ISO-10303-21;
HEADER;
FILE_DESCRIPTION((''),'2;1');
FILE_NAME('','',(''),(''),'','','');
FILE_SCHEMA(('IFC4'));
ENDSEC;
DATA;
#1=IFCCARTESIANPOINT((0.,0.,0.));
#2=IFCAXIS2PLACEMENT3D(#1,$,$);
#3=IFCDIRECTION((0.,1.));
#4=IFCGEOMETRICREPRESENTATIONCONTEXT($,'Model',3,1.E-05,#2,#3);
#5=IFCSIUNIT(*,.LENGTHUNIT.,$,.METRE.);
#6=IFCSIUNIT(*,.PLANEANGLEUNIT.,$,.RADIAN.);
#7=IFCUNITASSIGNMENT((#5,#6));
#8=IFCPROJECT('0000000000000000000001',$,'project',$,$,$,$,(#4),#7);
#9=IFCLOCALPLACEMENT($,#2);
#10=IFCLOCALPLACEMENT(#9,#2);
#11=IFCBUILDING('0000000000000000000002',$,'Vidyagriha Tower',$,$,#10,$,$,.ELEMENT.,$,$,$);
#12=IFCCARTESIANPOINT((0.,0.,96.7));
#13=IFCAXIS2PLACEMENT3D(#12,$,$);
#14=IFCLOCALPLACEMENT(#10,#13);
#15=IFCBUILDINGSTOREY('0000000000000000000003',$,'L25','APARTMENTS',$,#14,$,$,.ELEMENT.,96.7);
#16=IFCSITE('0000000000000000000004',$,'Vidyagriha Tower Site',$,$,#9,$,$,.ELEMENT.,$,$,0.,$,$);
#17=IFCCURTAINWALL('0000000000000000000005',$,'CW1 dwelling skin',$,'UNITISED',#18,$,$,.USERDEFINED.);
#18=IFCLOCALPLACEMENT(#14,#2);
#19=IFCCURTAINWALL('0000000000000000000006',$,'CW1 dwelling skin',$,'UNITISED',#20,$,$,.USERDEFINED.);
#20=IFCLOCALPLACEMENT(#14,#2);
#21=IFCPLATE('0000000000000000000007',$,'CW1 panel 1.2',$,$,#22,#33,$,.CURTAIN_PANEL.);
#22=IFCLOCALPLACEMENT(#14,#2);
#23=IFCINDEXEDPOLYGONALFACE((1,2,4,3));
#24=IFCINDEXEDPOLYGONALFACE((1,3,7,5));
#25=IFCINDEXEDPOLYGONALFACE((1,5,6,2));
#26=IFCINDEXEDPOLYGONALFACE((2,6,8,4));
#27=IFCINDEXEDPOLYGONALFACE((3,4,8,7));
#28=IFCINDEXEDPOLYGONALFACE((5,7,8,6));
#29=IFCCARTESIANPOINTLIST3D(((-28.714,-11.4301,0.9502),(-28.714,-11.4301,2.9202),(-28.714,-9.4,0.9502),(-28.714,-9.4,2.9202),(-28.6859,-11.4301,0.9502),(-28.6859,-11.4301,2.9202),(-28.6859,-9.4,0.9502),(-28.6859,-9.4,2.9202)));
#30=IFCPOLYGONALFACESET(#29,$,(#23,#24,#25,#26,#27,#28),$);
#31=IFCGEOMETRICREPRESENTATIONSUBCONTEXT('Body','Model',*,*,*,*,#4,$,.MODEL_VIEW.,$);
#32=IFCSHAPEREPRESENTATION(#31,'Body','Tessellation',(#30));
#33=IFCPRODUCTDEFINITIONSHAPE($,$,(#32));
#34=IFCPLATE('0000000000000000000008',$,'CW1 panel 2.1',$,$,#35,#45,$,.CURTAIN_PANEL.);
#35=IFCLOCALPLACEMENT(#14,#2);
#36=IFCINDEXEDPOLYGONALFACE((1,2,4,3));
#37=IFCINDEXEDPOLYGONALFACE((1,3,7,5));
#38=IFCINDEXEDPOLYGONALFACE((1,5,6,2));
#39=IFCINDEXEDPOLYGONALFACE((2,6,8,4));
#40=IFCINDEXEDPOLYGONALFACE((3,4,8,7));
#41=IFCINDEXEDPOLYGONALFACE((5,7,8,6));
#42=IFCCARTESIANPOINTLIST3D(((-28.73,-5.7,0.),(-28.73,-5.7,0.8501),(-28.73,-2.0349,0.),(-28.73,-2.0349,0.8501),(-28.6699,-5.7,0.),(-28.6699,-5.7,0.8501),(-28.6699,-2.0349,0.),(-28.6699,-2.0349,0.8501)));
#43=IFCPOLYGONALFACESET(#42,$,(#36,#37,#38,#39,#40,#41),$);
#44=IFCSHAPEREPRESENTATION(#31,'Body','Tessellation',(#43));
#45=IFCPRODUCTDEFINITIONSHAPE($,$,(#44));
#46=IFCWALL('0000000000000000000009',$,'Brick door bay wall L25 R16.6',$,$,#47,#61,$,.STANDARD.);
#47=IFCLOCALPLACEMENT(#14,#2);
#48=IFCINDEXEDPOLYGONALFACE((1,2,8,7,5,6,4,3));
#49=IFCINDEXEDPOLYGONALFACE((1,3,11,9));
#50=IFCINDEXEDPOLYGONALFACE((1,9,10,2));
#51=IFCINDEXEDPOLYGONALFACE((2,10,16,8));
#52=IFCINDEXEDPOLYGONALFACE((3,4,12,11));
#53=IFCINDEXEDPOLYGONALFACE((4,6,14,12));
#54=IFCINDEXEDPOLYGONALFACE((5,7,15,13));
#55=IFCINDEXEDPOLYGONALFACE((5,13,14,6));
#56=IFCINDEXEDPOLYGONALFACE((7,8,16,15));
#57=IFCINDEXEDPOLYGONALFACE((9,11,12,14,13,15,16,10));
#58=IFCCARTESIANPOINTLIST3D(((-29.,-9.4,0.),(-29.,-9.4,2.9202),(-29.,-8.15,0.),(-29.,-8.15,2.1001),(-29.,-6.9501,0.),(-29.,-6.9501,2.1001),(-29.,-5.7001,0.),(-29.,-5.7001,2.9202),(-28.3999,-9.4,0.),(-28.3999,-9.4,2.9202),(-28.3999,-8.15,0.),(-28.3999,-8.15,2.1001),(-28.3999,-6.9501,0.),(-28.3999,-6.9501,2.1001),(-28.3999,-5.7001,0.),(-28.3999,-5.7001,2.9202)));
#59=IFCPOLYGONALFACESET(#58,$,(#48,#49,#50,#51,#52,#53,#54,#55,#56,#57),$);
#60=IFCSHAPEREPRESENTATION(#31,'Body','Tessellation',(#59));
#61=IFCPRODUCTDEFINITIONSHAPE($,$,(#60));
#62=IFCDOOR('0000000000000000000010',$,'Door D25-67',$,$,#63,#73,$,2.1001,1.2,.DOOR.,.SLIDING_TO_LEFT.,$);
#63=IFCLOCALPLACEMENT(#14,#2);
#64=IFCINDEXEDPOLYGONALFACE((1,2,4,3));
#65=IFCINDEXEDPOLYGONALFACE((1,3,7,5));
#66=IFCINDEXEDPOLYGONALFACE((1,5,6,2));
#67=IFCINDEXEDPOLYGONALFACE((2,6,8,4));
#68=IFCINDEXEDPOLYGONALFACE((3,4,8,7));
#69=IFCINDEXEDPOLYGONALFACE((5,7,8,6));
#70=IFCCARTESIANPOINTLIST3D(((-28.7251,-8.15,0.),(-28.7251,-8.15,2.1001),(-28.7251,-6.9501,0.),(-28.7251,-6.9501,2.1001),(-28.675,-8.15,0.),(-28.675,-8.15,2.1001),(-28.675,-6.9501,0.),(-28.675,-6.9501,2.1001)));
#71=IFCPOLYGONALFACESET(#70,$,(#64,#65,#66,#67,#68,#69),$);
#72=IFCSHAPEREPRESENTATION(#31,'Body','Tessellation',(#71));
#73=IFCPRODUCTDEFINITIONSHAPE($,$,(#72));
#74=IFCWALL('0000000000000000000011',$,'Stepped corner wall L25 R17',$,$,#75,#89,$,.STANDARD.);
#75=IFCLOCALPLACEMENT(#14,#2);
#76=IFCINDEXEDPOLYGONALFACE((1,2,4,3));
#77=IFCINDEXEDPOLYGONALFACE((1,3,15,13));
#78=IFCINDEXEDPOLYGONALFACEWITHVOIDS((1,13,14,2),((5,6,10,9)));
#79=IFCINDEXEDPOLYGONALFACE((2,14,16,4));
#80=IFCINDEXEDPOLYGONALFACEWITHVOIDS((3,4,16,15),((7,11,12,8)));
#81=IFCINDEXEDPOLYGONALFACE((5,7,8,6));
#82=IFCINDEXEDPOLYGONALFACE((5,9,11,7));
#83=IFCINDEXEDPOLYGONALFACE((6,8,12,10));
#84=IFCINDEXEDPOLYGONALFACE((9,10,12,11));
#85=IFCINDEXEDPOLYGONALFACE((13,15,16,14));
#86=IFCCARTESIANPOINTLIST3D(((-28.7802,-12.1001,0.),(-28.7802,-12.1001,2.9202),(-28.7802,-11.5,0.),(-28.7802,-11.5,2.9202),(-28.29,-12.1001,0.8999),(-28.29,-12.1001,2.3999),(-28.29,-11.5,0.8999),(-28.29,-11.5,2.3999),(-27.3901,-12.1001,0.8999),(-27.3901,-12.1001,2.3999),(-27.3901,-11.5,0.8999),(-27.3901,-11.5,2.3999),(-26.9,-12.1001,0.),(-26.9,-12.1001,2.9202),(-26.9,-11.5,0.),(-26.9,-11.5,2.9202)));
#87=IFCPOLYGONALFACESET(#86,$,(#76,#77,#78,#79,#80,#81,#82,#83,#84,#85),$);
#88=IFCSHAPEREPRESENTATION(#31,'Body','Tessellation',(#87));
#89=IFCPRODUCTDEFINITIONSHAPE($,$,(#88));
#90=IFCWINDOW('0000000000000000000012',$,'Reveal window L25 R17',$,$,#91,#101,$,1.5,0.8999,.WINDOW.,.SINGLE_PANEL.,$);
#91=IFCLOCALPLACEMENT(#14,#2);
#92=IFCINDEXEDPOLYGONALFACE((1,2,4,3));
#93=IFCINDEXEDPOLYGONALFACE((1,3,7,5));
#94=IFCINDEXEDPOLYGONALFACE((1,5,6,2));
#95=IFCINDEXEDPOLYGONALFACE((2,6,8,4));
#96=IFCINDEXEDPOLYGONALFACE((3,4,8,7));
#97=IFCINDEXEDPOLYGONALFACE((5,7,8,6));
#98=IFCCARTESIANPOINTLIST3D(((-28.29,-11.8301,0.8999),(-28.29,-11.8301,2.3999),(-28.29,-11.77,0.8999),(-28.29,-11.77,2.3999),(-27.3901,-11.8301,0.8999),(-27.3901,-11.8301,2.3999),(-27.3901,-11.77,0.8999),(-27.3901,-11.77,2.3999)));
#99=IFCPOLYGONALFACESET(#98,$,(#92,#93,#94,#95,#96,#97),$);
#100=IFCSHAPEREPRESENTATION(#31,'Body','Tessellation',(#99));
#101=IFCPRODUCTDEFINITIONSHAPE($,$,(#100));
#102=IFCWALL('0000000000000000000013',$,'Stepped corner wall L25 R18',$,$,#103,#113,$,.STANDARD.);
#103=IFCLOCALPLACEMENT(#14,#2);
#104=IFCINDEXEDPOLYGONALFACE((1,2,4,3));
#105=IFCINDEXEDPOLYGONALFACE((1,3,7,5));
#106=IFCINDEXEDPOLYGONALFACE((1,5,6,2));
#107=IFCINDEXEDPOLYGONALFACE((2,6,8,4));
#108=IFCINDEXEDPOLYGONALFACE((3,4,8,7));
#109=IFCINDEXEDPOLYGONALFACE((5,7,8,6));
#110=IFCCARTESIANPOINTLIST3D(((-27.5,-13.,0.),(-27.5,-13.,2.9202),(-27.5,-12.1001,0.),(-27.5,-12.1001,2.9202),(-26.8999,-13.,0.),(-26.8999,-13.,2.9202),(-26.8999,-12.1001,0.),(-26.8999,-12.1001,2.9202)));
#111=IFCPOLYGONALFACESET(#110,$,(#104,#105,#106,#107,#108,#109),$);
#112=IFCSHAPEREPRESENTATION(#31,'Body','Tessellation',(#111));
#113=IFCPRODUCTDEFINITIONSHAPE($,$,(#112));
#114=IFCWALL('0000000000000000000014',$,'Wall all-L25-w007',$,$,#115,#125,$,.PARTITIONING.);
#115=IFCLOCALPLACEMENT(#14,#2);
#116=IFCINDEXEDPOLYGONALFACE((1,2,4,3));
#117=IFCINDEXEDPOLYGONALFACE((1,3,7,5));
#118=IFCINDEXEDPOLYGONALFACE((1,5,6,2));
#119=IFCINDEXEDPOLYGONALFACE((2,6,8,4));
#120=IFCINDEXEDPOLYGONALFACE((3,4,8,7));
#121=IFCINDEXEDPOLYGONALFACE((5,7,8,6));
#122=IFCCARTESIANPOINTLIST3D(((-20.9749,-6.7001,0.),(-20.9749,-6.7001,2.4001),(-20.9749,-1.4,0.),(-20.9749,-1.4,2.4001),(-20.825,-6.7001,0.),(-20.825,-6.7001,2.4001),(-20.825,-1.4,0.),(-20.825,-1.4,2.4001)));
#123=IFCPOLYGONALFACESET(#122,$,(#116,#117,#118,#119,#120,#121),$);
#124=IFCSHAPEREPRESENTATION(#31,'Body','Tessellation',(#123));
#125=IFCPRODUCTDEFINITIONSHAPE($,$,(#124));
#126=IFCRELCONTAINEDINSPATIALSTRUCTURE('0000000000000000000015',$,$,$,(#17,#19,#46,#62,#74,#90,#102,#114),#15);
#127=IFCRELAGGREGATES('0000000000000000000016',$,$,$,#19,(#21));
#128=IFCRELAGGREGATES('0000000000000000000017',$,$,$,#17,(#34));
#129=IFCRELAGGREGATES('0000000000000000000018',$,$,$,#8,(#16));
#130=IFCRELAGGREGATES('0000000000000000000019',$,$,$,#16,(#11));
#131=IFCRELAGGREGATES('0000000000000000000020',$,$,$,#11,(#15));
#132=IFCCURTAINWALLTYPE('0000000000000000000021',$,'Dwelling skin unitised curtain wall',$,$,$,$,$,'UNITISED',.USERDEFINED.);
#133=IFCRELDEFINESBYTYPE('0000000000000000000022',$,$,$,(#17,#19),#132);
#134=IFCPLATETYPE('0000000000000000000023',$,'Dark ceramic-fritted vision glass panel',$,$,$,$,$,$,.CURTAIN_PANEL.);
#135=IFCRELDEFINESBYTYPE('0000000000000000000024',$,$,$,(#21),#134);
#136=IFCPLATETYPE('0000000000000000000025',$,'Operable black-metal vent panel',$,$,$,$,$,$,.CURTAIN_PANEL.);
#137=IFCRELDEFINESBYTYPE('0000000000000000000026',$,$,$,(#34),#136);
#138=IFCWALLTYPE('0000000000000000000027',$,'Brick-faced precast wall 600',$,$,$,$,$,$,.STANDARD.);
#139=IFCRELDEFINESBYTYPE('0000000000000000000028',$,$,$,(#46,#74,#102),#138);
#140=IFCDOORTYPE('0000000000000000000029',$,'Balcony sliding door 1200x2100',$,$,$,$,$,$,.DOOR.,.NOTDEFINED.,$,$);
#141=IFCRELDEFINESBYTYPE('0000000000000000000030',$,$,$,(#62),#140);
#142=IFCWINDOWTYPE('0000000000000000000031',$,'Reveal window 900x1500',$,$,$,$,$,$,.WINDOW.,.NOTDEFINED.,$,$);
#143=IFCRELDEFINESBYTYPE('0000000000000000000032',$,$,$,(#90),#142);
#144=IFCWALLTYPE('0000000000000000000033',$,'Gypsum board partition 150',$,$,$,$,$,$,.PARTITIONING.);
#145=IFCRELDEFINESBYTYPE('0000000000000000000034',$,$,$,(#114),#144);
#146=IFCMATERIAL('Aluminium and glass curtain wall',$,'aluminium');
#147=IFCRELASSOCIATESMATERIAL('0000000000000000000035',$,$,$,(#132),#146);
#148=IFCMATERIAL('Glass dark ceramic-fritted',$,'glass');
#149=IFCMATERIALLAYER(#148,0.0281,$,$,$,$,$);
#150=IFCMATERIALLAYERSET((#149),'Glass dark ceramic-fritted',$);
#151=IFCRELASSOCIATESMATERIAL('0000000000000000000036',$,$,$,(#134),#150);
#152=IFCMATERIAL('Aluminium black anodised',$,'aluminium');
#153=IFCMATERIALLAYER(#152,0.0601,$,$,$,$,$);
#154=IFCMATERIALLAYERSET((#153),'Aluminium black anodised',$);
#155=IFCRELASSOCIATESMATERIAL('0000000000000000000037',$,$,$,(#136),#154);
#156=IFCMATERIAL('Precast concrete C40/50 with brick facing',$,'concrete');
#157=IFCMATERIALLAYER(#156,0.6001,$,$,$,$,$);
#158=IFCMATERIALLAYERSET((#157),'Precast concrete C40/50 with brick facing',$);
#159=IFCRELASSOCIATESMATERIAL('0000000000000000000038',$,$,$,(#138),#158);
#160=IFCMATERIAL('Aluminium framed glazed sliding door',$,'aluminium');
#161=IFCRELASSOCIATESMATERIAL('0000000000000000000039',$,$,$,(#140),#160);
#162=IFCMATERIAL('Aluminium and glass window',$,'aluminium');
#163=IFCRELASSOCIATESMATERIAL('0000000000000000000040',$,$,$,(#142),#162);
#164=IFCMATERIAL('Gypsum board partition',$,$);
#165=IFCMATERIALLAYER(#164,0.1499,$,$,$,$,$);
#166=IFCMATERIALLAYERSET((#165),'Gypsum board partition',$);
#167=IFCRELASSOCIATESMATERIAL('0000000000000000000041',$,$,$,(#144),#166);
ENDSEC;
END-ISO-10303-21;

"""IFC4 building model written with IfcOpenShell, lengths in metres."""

from ifc_helpers import new_model, si_unit, direction, frame, frame_2d, origin, origin_2d, place, context, subcontext, project, spatial, rectangle, extrude, material, layer, layer_set, type_object, element, fill, aggregate, save


model = new_model("IFC4")

# Units and contexts
model_context = context("Model", 3, precision=1e-05, world=origin(), true_north=direction((0.0, 1.0)))
body_context = subcontext(model_context, "Body", "Model", "MODEL_VIEW")
ifc_project = project(units=[si_unit("LENGTHUNIT", "METRE"), si_unit("PLANEANGLEUNIT", "RADIAN")], contexts=[model_context])

# Site, building, storey
site_placement = place(None, origin())
site = spatial("IfcSite", under=ifc_project, at=site_placement, Name="Vidyagriha Tower Site", CompositionType="ELEMENT", RefElevation=0.0)
building_placement = place(site_placement, origin())
building = spatial("IfcBuilding", under=site, at=building_placement, Name="Vidyagriha Tower", CompositionType="ELEMENT")
storey_placement = place(building_placement, frame((0.0, 0.0, 96.7)))
storey = spatial("IfcBuildingStorey", under=building, at=storey_placement, Name="L25", Description="APARTMENTS", CompositionType="ELEMENT", Elevation=96.7)

# Curtain walls
ifc_material_1 = material(Name="Aluminium and glass curtain wall", Category="aluminium")
curtain_wall_type = type_object("IfcCurtainWallType", Name="Dwelling skin unitised curtain wall", ElementType="UNITISED", PredefinedType="USERDEFINED", material=ifc_material_1)
curtain_wall_1_placement = place(storey_placement, origin())
curtain_wall_1 = element("IfcCurtainWall", 1, at=curtain_wall_1_placement, inside=storey, type_object=curtain_wall_type, Name="CW1 dwelling skin", ObjectType="UNITISED", PredefinedType="USERDEFINED")
curtain_wall_2_placement = place(storey_placement, origin())
curtain_wall_2 = element("IfcCurtainWall", 2, at=curtain_wall_2_placement, inside=storey, type_object=curtain_wall_type, Name="CW1 dwelling skin", ObjectType="UNITISED", PredefinedType="USERDEFINED")

# Plates
ifc_material_2 = material(Name="Glass dark ceramic-fritted", Category="glass")
ifc_layer_1 = layer(ifc_material_2, 0.0281)
ifc_layer_set_1 = layer_set([ifc_layer_1], Name="Glass dark ceramic-fritted")
plate_type_1 = type_object("IfcPlateType", Name="Dark ceramic-fritted vision glass panel", PredefinedType="CURTAIN_PANEL", material=ifc_layer_set_1)
plate_1_placement = place(storey_placement, frame((-28.7, -10.415, 0.9502), z_axis=(0.0, 0.0, 1.0), x_axis=(0.0, -1.0, 0.0)))
plate_1 = element("IfcPlate", 3, at=plate_1_placement, type_object=plate_type_1, Name="CW1 panel 1.2", PredefinedType="CURTAIN_PANEL", context=body_context, shape_type="SweptSolid", body=[
    extrude(rectangle(XDim=2.03, YDim=0.0281, at=origin_2d()), origin(), (0.0, 0.0, 1.0), 1.97),
])
aggregate(curtain_wall_2, [plate_1])
ifc_material_3 = material(Name="Aluminium black anodised", Category="aluminium")
ifc_layer_2 = layer(ifc_material_3, 0.0601)
ifc_layer_set_2 = layer_set([ifc_layer_2], Name="Aluminium black anodised")
plate_type_2 = type_object("IfcPlateType", Name="Operable black-metal vent panel", PredefinedType="CURTAIN_PANEL", material=ifc_layer_set_2)
plate_2_placement = place(storey_placement, frame((-28.7, -3.8674, 0.0), z_axis=(0.0, 0.0, 1.0), x_axis=(0.0, -1.0, 0.0)))
plate_2 = element("IfcPlate", 4, at=plate_2_placement, type_object=plate_type_2, Name="CW1 panel 2.1", PredefinedType="CURTAIN_PANEL", context=body_context, shape_type="SweptSolid", body=[
    extrude(rectangle(XDim=3.665, YDim=0.0601, at=origin_2d()), origin(), (0.0, 0.0, 1.0), 0.8501),
])
aggregate(curtain_wall_1, [plate_2])

# Wall, opening, door
ifc_material_4 = material(Name="Precast concrete C40/50 with brick facing", Category="concrete")
ifc_layer_3 = layer(ifc_material_4, 0.6001)
ifc_layer_set_3 = layer_set([ifc_layer_3], Name="Precast concrete C40/50 with brick facing")
wall_type_1 = type_object("IfcWallType", Name="Brick-faced precast wall 600", PredefinedType="STANDARD", material=ifc_layer_set_3)
wall_1_placement = place(storey_placement, frame((-28.7, -5.7, 0.0), z_axis=(0.0, 0.0, 1.0), x_axis=(0.0, -1.0, 0.0)))
wall_1 = element("IfcWall", 5, at=wall_1_placement, inside=storey, type_object=wall_type_1, Name="Brick door bay wall L25 R16.6", PredefinedType="STANDARD", context=body_context, shape_type="SweptSolid", body=[
    extrude(rectangle(XDim=3.7, YDim=0.6001, at=frame_2d((1.8501, 0.0))), origin(), (0.0, 0.0, 1.0), 2.9202),
])
opening_1_placement = place(wall_1_placement, frame((1.25, 0.0, 0.0)))
opening_1 = element("IfcOpeningElement", 6, at=opening_1_placement, cuts=wall_1, PredefinedType="OPENING", context=body_context, shape_type="SweptSolid", body=[
    extrude(rectangle(XDim=1.2, YDim=2.1001, at=frame_2d((0.6001, 1.05))), frame((0.0, 0.3101, 0.0), z_axis=(0.0, -1.0, 0.0), x_axis=(1.0, 0.0, 0.0)), (0.0, 0.0, 1.0), 0.6201),
])
ifc_material_5 = material(Name="Aluminium framed glazed sliding door", Category="aluminium")
door_type_1 = type_object("IfcDoorType", Name="Balcony sliding door 1200x2100", OperationType="NOTDEFINED", PredefinedType="DOOR", material=ifc_material_5)
door_1_placement = place(opening_1_placement, origin())
door_1 = element("IfcDoor", 7, at=door_1_placement, inside=storey, type_object=door_type_1, Name="Door D25-67", OperationType="SLIDING_TO_LEFT", OverallHeight=2.1001, OverallWidth=1.2, PredefinedType="DOOR", context=body_context, shape_type="SweptSolid", body=[
    extrude(rectangle(XDim=1.2, YDim=2.1001, at=frame_2d((0.6001, 1.05))), frame((0.0, 0.0249, 0.0), z_axis=(0.0, -1.0, 0.0), x_axis=(1.0, 0.0, 0.0)), (0.0, 0.0, 1.0), 0.05),
])
fill(opening_1, door_1)

# Wall, opening, window
wall_2_placement = place(storey_placement, frame((-28.78, -11.8, 0.0)))
wall_2 = element("IfcWall", 8, at=wall_2_placement, inside=storey, type_object=wall_type_1, Name="Stepped corner wall L25 R17", PredefinedType="STANDARD", context=body_context, shape_type="SweptSolid", body=[
    extrude(rectangle(XDim=1.8801, YDim=0.6001, at=frame_2d((0.9399, 0.0))), origin(), (0.0, 0.0, 1.0), 2.9202),
])
opening_2_placement = place(wall_2_placement, frame((0.49, 0.0, 0.8999)))
opening_2 = element("IfcOpeningElement", 9, at=opening_2_placement, cuts=wall_2, PredefinedType="OPENING", context=body_context, shape_type="SweptSolid", body=[
    extrude(rectangle(XDim=0.8999, YDim=1.5, at=frame_2d((0.45, 0.75))), frame((0.0, 0.3101, 0.0), z_axis=(0.0, -1.0, 0.0), x_axis=(1.0, 0.0, 0.0)), (0.0, 0.0, 1.0), 0.6201),
])
ifc_material_6 = material(Name="Aluminium and glass window", Category="aluminium")
window_type = type_object("IfcWindowType", Name="Reveal window 900x1500", PartitioningType="NOTDEFINED", PredefinedType="WINDOW", material=ifc_material_6)
window_placement = place(opening_2_placement, origin())
window = element("IfcWindow", 10, at=window_placement, inside=storey, type_object=window_type, Name="Reveal window L25 R17", OverallHeight=1.5, OverallWidth=0.8999, PartitioningType="SINGLE_PANEL", PredefinedType="WINDOW", context=body_context, shape_type="SweptSolid", body=[
    extrude(rectangle(XDim=0.8999, YDim=1.5, at=frame_2d((0.45, 0.75))), frame((0.0, 0.03, 0.0), z_axis=(0.0, -1.0, 0.0), x_axis=(1.0, 0.0, 0.0)), (0.0, 0.0, 1.0), 0.0601),
])
fill(opening_2, window)

# Walls
wall_3_placement = place(storey_placement, frame((-27.2, -12.1001, 0.0), z_axis=(0.0, 0.0, 1.0), x_axis=(0.0, -1.0, 0.0)))
element("IfcWall", 11, at=wall_3_placement, inside=storey, type_object=wall_type_1, Name="Stepped corner wall L25 R18", PredefinedType="STANDARD", context=body_context, shape_type="SweptSolid", body=[
    extrude(rectangle(XDim=0.8999, YDim=0.6001, at=frame_2d((0.45, 0.0))), origin(), (0.0, 0.0, 1.0), 2.9202),
])
ifc_material_7 = material(Name="Gypsum board partition")
ifc_layer_4 = layer(ifc_material_7, 0.1499)
ifc_layer_set_4 = layer_set([ifc_layer_4], Name="Gypsum board partition")
wall_type_2 = type_object("IfcWallType", Name="Gypsum board partition 150", PredefinedType="PARTITIONING", material=ifc_layer_set_4)
wall_4_placement = place(storey_placement, frame((-20.8999, -6.7, 0.0), z_axis=(0.0, 0.0, 1.0), x_axis=(0.0, 1.0, 0.0)))
element("IfcWall", 12, at=wall_4_placement, inside=storey, type_object=wall_type_2, Name="Wall all-L25-w007", PredefinedType="PARTITIONING", context=body_context, shape_type="SweptSolid", body=[
    extrude(rectangle(XDim=5.3, YDim=0.1499, at=frame_2d((2.6499, 0.0))), origin(), (0.0, 0.0, 1.0), 2.4001),
])

save(model, "model.ifc")
